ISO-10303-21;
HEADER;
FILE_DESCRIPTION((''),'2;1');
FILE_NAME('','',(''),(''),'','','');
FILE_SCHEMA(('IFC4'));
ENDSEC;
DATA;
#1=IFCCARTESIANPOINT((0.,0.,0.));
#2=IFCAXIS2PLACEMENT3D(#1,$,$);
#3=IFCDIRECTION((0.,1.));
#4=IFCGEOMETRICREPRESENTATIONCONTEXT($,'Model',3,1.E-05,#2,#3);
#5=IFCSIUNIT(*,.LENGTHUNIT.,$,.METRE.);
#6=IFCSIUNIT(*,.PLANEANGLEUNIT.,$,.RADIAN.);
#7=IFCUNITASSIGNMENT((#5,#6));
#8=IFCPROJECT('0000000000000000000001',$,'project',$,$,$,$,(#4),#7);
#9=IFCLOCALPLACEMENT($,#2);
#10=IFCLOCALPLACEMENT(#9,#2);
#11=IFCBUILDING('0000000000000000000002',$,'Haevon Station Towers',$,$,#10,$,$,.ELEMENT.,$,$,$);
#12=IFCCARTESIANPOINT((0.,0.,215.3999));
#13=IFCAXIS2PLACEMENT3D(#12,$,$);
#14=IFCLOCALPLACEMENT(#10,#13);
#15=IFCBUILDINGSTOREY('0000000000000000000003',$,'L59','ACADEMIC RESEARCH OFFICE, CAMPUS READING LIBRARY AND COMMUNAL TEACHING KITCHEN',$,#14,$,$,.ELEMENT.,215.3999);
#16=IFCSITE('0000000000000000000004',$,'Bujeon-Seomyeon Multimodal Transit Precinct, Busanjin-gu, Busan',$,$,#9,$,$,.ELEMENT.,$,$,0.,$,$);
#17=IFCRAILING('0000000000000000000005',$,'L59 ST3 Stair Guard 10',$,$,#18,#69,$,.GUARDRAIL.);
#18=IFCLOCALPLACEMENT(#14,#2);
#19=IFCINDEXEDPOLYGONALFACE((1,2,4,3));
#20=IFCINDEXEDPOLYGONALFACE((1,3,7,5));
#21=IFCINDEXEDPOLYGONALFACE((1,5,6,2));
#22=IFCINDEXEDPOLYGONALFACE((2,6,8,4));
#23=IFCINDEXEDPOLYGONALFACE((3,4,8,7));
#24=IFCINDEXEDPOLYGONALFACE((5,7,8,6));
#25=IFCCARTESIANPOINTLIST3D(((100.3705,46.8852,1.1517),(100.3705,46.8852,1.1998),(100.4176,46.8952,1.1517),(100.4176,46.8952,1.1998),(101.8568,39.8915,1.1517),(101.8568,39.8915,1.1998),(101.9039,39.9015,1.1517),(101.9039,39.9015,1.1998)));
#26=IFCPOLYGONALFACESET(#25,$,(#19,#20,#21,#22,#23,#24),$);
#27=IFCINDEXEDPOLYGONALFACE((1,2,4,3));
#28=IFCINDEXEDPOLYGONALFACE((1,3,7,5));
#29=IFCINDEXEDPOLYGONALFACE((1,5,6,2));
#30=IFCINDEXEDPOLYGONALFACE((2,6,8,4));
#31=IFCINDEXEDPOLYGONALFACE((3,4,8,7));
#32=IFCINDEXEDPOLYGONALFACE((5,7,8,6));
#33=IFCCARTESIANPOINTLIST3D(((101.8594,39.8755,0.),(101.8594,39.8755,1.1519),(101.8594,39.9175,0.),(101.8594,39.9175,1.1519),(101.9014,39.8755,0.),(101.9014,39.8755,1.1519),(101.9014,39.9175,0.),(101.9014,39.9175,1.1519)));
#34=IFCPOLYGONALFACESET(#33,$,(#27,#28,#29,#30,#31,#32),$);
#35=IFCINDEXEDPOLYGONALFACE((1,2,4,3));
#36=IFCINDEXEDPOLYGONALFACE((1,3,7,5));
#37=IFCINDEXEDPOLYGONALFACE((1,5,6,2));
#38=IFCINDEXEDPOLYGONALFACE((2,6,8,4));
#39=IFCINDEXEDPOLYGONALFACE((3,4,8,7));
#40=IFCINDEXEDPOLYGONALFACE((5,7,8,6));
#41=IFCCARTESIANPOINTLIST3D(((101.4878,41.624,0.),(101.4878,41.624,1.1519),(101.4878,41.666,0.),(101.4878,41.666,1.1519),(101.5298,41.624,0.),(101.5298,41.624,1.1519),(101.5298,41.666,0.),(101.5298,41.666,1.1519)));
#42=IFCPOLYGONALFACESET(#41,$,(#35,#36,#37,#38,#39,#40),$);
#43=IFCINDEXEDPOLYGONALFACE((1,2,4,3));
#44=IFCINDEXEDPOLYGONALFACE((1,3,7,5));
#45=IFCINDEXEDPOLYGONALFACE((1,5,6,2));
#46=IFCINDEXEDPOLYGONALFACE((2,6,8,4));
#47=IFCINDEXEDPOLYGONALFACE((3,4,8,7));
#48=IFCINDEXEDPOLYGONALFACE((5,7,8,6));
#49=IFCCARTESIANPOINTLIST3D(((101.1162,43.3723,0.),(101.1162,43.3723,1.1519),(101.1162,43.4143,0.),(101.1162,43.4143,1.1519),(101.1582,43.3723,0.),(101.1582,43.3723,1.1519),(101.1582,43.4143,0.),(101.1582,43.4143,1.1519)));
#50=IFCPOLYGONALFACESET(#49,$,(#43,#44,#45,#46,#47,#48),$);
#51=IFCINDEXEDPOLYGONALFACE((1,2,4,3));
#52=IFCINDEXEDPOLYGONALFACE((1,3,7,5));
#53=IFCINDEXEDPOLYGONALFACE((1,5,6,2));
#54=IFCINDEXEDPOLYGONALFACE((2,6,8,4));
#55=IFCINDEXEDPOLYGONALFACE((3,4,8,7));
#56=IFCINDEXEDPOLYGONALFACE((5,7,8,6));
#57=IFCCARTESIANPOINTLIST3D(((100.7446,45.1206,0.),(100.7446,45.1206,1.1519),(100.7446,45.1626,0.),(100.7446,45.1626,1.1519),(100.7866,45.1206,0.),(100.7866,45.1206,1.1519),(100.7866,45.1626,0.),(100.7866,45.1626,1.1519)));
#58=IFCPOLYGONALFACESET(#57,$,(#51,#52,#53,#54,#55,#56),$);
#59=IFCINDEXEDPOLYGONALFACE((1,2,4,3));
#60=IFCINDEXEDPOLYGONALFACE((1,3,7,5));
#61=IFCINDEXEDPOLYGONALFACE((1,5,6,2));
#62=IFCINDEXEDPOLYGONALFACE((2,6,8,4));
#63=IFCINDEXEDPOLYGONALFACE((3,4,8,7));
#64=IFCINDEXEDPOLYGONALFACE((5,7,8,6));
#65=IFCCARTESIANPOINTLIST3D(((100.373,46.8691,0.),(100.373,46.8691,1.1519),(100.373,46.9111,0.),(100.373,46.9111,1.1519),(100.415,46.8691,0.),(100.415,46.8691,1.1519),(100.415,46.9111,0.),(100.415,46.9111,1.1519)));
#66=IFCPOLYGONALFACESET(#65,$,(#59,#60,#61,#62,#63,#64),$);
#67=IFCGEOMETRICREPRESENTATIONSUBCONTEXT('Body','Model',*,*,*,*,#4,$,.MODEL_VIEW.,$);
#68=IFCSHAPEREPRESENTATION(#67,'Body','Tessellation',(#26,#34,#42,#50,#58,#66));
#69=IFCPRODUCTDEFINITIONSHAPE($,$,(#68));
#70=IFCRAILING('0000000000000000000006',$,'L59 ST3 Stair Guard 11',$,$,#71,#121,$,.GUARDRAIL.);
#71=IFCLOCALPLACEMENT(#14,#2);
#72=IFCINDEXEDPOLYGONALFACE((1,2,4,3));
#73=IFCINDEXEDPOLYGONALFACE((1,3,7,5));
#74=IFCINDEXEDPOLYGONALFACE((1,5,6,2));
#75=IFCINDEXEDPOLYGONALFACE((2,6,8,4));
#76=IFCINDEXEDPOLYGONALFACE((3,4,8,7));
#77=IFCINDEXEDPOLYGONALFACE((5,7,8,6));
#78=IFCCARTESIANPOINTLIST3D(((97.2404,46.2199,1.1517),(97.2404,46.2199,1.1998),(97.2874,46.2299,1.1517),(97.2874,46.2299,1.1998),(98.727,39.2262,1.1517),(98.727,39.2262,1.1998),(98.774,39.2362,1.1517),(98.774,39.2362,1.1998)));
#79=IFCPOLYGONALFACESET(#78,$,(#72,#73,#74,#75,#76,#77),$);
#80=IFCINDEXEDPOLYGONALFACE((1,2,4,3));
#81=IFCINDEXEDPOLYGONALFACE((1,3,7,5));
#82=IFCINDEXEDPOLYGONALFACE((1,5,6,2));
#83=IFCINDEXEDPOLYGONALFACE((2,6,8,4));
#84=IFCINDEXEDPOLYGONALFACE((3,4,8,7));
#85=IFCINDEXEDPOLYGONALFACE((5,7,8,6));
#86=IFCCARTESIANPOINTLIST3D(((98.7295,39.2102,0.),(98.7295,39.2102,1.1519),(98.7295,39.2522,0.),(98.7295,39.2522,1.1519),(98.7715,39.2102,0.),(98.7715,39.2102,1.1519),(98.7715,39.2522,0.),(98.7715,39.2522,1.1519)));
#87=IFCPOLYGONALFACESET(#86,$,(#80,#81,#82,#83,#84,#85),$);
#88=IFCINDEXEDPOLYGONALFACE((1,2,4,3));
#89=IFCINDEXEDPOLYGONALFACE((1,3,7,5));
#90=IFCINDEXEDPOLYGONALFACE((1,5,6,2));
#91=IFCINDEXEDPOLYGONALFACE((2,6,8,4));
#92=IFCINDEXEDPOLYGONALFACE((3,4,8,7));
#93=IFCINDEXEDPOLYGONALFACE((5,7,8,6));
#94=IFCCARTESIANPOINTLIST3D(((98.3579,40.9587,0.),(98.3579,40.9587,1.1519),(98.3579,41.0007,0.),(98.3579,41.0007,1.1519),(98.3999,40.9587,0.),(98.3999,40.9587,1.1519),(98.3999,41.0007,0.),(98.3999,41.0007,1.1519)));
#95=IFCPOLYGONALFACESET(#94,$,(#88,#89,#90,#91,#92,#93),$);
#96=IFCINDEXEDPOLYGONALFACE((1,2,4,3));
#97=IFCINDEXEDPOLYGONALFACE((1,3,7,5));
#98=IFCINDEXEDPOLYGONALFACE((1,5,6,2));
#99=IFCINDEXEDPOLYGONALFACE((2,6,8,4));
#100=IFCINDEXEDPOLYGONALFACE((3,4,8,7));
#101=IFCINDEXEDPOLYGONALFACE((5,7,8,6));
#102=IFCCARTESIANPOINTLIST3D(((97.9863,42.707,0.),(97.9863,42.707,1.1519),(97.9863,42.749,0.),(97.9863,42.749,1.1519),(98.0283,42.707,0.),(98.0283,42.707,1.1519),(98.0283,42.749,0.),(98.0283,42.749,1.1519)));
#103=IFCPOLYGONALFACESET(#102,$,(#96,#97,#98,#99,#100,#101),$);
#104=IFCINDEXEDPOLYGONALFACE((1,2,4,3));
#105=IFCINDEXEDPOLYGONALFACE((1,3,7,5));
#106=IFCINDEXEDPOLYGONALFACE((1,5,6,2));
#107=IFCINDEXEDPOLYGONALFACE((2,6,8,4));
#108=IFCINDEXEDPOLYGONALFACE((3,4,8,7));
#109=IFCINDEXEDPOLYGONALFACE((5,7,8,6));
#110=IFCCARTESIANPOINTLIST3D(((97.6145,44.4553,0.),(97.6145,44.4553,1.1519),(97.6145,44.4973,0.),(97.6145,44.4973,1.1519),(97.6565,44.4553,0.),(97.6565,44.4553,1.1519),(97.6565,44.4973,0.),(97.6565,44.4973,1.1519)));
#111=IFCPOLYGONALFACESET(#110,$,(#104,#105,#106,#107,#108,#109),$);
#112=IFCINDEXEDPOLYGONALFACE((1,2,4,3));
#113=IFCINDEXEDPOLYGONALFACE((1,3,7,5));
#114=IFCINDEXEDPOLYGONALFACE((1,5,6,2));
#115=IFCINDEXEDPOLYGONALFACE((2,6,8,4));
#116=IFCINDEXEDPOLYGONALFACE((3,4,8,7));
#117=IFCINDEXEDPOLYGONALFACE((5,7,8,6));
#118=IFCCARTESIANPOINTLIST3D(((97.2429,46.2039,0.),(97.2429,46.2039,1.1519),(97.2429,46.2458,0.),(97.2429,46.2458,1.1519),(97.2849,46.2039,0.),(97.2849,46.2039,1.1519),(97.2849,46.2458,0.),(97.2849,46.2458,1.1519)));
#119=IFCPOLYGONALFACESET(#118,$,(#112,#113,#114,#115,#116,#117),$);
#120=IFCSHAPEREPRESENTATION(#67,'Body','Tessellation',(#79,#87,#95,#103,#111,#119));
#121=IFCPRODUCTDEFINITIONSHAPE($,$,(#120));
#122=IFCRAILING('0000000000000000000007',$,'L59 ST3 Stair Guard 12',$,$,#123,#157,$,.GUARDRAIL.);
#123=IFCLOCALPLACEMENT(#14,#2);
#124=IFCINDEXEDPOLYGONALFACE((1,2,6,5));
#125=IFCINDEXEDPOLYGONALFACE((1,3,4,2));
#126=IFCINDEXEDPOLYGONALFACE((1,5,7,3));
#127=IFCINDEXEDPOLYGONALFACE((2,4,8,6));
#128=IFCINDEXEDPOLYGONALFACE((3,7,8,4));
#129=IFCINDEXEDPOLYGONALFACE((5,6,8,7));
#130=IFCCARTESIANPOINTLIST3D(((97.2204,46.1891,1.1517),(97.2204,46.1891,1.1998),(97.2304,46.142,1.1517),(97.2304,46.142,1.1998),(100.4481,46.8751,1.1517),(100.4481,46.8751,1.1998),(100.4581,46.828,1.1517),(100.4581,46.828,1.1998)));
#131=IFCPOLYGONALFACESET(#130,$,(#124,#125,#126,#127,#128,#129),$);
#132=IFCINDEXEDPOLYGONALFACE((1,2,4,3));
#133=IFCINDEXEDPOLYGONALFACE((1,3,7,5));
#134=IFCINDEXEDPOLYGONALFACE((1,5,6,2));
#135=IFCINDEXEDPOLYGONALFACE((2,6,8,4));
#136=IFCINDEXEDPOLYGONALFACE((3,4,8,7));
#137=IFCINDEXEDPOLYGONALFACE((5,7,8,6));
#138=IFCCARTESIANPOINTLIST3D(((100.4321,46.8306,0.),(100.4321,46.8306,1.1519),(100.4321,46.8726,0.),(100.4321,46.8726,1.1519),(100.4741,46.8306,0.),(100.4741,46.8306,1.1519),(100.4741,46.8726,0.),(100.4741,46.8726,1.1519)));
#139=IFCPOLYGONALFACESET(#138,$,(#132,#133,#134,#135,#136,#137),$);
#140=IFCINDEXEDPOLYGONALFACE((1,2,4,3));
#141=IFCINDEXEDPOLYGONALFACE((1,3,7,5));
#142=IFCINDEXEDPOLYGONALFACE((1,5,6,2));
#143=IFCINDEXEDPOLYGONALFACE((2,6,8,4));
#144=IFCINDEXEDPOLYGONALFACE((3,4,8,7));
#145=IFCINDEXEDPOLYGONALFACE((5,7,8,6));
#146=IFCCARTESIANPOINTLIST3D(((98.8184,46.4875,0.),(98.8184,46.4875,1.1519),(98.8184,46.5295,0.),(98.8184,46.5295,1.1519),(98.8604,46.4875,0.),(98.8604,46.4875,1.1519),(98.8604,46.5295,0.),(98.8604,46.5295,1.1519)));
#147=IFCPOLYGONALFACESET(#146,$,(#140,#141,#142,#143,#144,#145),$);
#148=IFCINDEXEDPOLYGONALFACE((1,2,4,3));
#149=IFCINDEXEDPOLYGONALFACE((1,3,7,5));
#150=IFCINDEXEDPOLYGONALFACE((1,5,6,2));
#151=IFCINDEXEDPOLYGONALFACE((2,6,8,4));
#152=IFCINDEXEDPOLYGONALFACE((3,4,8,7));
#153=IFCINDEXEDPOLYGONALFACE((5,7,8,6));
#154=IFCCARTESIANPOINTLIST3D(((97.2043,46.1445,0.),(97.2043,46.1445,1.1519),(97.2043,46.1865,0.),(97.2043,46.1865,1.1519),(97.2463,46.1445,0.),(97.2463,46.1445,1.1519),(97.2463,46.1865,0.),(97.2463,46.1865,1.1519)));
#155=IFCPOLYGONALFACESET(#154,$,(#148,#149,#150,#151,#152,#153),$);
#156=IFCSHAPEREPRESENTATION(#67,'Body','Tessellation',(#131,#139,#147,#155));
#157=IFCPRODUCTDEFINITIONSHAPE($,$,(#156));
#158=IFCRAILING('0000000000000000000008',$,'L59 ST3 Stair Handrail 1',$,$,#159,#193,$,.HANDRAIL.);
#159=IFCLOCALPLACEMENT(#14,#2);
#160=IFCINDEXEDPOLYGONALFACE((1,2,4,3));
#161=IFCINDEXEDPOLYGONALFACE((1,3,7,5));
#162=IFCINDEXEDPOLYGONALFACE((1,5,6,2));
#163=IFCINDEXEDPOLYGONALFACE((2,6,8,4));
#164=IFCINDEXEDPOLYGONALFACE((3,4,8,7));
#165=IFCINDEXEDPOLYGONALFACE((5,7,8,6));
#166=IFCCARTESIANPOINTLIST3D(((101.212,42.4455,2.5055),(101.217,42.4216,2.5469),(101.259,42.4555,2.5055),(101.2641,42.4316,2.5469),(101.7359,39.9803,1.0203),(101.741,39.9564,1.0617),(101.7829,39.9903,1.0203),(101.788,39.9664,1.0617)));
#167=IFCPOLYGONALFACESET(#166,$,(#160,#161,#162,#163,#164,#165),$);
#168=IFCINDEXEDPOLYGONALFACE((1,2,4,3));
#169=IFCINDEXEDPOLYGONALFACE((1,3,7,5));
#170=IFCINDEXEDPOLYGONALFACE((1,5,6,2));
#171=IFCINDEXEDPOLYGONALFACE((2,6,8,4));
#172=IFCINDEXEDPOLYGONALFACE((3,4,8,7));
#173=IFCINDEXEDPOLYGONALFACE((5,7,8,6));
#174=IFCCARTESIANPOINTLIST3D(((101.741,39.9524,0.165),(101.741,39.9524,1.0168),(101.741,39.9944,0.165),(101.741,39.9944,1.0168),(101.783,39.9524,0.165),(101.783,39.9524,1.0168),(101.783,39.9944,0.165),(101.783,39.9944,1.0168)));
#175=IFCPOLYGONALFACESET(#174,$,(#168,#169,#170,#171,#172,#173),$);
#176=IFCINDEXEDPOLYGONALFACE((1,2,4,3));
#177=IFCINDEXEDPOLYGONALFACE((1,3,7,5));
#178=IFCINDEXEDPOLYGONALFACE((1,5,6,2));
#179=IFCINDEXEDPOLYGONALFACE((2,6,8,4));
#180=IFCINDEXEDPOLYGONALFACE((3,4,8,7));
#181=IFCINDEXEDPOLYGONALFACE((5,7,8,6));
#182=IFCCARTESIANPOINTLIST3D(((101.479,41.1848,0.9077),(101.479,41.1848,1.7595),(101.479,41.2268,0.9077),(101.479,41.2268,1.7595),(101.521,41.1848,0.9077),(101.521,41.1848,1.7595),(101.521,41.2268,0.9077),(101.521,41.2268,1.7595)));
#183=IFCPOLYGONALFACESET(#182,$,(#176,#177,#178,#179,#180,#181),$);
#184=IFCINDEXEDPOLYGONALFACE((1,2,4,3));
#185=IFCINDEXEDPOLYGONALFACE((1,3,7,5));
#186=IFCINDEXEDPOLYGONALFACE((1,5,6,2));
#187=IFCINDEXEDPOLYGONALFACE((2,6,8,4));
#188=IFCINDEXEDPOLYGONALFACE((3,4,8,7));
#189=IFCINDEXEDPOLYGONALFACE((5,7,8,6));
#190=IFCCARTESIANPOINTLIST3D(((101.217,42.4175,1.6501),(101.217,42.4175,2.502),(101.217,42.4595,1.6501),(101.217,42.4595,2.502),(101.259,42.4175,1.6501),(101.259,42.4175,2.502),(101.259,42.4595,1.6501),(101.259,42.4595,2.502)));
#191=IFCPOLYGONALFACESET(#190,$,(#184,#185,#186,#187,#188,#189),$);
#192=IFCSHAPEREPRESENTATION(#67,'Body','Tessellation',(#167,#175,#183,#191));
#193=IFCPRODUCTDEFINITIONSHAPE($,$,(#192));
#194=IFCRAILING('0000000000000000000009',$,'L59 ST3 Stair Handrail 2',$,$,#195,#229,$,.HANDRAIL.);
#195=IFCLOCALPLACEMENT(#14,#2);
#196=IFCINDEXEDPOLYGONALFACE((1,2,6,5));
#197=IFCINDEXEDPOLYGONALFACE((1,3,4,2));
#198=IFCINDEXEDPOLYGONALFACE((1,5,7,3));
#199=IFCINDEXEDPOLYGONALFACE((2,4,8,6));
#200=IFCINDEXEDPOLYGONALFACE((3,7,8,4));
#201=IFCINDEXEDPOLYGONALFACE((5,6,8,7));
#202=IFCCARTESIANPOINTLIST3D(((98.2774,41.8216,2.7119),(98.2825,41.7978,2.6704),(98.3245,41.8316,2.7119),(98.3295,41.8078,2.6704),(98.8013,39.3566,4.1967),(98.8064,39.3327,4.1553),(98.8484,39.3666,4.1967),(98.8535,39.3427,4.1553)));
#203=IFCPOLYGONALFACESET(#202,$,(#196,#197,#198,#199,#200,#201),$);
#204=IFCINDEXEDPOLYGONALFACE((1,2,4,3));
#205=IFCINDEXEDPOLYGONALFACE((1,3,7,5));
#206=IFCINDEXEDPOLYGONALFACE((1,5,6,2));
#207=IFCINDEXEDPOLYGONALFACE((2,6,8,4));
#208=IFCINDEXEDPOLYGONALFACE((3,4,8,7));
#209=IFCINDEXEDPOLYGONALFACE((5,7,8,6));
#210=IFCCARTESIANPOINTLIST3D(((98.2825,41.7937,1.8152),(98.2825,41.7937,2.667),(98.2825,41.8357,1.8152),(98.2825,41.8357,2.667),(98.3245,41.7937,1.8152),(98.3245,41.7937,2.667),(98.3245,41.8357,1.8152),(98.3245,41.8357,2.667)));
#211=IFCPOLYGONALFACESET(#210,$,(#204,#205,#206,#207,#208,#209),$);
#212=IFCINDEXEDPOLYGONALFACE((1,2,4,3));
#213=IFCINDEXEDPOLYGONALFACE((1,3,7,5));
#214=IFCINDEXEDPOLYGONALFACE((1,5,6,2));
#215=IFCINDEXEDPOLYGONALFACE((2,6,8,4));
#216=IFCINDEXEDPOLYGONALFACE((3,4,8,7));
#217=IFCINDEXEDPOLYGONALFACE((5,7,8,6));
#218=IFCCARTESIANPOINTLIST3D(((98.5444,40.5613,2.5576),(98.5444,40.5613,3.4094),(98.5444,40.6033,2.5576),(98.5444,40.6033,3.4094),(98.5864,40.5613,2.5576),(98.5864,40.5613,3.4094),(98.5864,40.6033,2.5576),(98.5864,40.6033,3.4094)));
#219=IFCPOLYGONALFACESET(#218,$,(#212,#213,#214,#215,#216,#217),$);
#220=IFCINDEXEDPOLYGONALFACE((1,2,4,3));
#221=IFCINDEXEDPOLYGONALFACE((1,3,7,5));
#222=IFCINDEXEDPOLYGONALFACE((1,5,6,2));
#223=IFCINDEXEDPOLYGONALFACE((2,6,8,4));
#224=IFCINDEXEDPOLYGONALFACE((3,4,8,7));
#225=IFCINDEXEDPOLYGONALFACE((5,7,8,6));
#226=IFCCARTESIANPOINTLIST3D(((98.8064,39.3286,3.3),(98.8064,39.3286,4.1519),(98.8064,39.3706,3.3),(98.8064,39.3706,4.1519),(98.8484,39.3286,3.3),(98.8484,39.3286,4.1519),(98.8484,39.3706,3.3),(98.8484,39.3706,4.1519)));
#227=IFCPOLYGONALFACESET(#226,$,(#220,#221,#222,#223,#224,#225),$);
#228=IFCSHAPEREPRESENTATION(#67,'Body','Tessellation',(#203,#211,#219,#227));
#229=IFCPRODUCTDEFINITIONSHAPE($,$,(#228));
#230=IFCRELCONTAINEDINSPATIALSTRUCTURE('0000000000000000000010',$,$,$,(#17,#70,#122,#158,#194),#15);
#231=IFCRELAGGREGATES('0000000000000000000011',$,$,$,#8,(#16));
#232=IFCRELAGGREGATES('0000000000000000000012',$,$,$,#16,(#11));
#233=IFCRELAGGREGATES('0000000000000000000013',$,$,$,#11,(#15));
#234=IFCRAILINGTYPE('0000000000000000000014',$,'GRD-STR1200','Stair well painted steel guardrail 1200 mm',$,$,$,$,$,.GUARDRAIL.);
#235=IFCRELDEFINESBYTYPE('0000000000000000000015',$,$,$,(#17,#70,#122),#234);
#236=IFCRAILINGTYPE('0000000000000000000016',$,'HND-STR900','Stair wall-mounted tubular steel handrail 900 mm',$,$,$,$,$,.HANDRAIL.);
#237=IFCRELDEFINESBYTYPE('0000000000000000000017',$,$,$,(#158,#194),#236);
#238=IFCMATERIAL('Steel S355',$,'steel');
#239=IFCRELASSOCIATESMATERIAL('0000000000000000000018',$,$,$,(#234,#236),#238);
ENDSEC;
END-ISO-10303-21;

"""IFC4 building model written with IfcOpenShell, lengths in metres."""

from ifc_helpers import new_model, si_unit, direction, frame, origin, origin_2d, place, context, subcontext, project, spatial, rectangle, extrude, material, type_object, element, save


model = new_model("IFC4")

# Units and contexts
model_context = context("Model", 3, precision=1e-05, world=origin(), true_north=direction((0.0, 1.0)))
body_context = subcontext(model_context, "Body", "Model", "MODEL_VIEW")
ifc_project = project(units=[si_unit("LENGTHUNIT", "METRE"), si_unit("PLANEANGLEUNIT", "RADIAN")], contexts=[model_context])

# Site, building, storey
site_placement = place(None, origin())
site = spatial("IfcSite", under=ifc_project, at=site_placement, Name="Bujeon-Seomyeon Multimodal Transit Precinct, Busanjin-gu, Busan", CompositionType="ELEMENT", RefElevation=0.0)
building_placement = place(site_placement, origin())
building = spatial("IfcBuilding", under=site, at=building_placement, Name="Haevon Station Towers", CompositionType="ELEMENT")
storey_placement = place(building_placement, frame((0.0, 0.0, 215.3999)))
storey = spatial("IfcBuildingStorey", under=building, at=storey_placement, Name="L59", Description="ACADEMIC RESEARCH OFFICE, CAMPUS READING LIBRARY AND COMMUNAL TEACHING KITCHEN", CompositionType="ELEMENT", Elevation=215.3999)

# Shared definitions
ifc_material_1 = material(Name="Steel S355", Category="steel")

# Railings
railing_type_1 = type_object("IfcRailingType", Name="GRD-STR1200", Description="Stair well painted steel guardrail 1200 mm", PredefinedType="GUARDRAIL", material=ifc_material_1)
railing_1_placement = place(storey_placement, frame((101.8804, 39.8965, 0.0)))
element("IfcRailing", 1, at=railing_1_placement, inside=storey, type_object=railing_type_1, Name="L59 ST3 Stair Guard 10", PredefinedType="GUARDRAIL", context=body_context, shape_type="SweptSolid", body=[
    extrude(rectangle(XDim=0.0481, YDim=0.0481, at=origin_2d()), frame((0.0, 0.0, 1.1758), z_axis=(-0.207882, 0.978154, 0.0), x_axis=(-0.978154, -0.207882, 0.0)), (0.0, 0.0, 1.0), 7.1499),
    extrude(rectangle(XDim=0.042, YDim=0.042, at=origin_2d()), origin(), (0.0, 0.0, 1.0), 1.1519),
    extrude(rectangle(XDim=0.042, YDim=0.042, at=origin_2d()), frame((-0.3716, 1.7485, 0.0)), (0.0, 0.0, 1.0), 1.1519),
    extrude(rectangle(XDim=0.042, YDim=0.042, at=origin_2d()), frame((-0.7432, 3.4968, 0.0)), (0.0, 0.0, 1.0), 1.1519),
    extrude(rectangle(XDim=0.042, YDim=0.042, at=origin_2d()), frame((-1.1147, 5.2451, 0.0)), (0.0, 0.0, 1.0), 1.1519),
    extrude(rectangle(XDim=0.042, YDim=0.042, at=origin_2d()), frame((-1.4863, 6.9937, 0.0)), (0.0, 0.0, 1.0), 1.1519),
])
railing_2_placement = place(storey_placement, frame((98.7505, 39.2312, 0.0)))
element("IfcRailing", 2, at=railing_2_placement, inside=storey, type_object=railing_type_1, Name="L59 ST3 Stair Guard 11", PredefinedType="GUARDRAIL", context=body_context, shape_type="SweptSolid", body=[
    extrude(rectangle(XDim=0.0481, YDim=0.0481, at=origin_2d()), frame((0.0, 0.0, 1.1758), z_axis=(-0.207915, 0.978147, 0.0), x_axis=(-0.978147, -0.207915, 0.0)), (0.0, 0.0, 1.0), 7.1499),
    extrude(rectangle(XDim=0.042, YDim=0.042, at=origin_2d()), origin(), (0.0, 0.0, 1.0), 1.1519),
    extrude(rectangle(XDim=0.042, YDim=0.042, at=origin_2d()), frame((-0.3716, 1.7485, 0.0)), (0.0, 0.0, 1.0), 1.1519),
    extrude(rectangle(XDim=0.042, YDim=0.042, at=origin_2d()), frame((-0.7432, 3.4968, 0.0)), (0.0, 0.0, 1.0), 1.1519),
    extrude(rectangle(XDim=0.042, YDim=0.042, at=origin_2d()), frame((-1.115, 5.2451, 0.0)), (0.0, 0.0, 1.0), 1.1519),
    extrude(rectangle(XDim=0.042, YDim=0.042, at=origin_2d()), frame((-1.4866, 6.9937, 0.0)), (0.0, 0.0, 1.0), 1.1519),
])
railing_3_placement = place(storey_placement, frame((100.4531, 46.8516, 0.0)))
element("IfcRailing", 3, at=railing_3_placement, inside=storey, type_object=railing_type_1, Name="L59 ST3 Stair Guard 12", PredefinedType="GUARDRAIL", context=body_context, shape_type="SweptSolid", body=[
    extrude(rectangle(XDim=0.0481, YDim=0.0481, at=origin_2d()), frame((0.0, 0.0, 1.1758), z_axis=(-0.978151, -0.207897, 0.0), x_axis=(0.207897, -0.978151, 0.0)), (0.0, 0.0, 1.0), 3.2998),
    extrude(rectangle(XDim=0.042, YDim=0.042, at=origin_2d()), origin(), (0.0, 0.0, 1.0), 1.1519),
    extrude(rectangle(XDim=0.042, YDim=0.042, at=origin_2d()), frame((-1.6138, -0.343, 0.0)), (0.0, 0.0, 1.0), 1.1519),
    extrude(rectangle(XDim=0.042, YDim=0.042, at=origin_2d()), frame((-3.2278, -0.686, 0.0)), (0.0, 0.0, 1.0), 1.1519),
])
railing_type_2 = type_object("IfcRailingType", Name="HND-STR900", Description="Stair wall-mounted tubular steel handrail 900 mm", PredefinedType="HANDRAIL", material=ifc_material_1)
railing_4_placement = place(storey_placement, frame((101.762, 39.9734, 0.165)))
element("IfcRailing", 4, at=railing_4_placement, inside=storey, type_object=railing_type_2, Name="L59 ST3 Stair Handrail 1", PredefinedType="HANDRAIL", context=body_context, shape_type="SweptSolid", body=[
    extrude(rectangle(XDim=0.0481, YDim=0.0481, at=origin_2d()), frame((0.0, 0.0, 0.876), z_axis=(-0.179109, 0.842712, 0.507697), x_axis=(-0.978151, -0.207895, 0.0)), (0.0, 0.0, 1.0), 2.9253),
    extrude(rectangle(XDim=0.042, YDim=0.042, at=origin_2d()), origin(), (0.0, 0.0, 1.0), 0.8518),
    extrude(rectangle(XDim=0.042, YDim=0.042, at=origin_2d()), frame((-0.262, 1.2324, 0.7427)), (0.0, 0.0, 1.0), 0.8518),
    extrude(rectangle(XDim=0.042, YDim=0.042, at=origin_2d()), frame((-0.5239, 2.4651, 1.4851)), (0.0, 0.0, 1.0), 0.8518),
])
railing_5_placement = place(storey_placement, frame((98.3035, 41.8147, 1.8152)))
element("IfcRailing", 5, at=railing_5_placement, inside=storey, type_object=railing_type_2, Name="L59 ST3 Stair Handrail 2", PredefinedType="HANDRAIL", context=body_context, shape_type="SweptSolid", body=[
    extrude(rectangle(XDim=0.0481, YDim=0.0481, at=origin_2d()), frame((0.0, 0.0, 0.876), z_axis=(0.179116, -0.842748, 0.507635), x_axis=(0.978151, 0.207895, 0.0)), (0.0, 0.0, 1.0), 2.925),
    extrude(rectangle(XDim=0.042, YDim=0.042, at=origin_2d()), origin(), (0.0, 0.0, 1.0), 0.8518),
    extrude(rectangle(XDim=0.042, YDim=0.042, at=origin_2d()), frame((0.262, -1.2324, 0.7424)), (0.0, 0.0, 1.0), 0.8518),
    extrude(rectangle(XDim=0.042, YDim=0.042, at=origin_2d()), frame((0.5239, -2.4651, 1.4849)), (0.0, 0.0, 1.0), 0.8518),
])

save(model, "model.ifc")
